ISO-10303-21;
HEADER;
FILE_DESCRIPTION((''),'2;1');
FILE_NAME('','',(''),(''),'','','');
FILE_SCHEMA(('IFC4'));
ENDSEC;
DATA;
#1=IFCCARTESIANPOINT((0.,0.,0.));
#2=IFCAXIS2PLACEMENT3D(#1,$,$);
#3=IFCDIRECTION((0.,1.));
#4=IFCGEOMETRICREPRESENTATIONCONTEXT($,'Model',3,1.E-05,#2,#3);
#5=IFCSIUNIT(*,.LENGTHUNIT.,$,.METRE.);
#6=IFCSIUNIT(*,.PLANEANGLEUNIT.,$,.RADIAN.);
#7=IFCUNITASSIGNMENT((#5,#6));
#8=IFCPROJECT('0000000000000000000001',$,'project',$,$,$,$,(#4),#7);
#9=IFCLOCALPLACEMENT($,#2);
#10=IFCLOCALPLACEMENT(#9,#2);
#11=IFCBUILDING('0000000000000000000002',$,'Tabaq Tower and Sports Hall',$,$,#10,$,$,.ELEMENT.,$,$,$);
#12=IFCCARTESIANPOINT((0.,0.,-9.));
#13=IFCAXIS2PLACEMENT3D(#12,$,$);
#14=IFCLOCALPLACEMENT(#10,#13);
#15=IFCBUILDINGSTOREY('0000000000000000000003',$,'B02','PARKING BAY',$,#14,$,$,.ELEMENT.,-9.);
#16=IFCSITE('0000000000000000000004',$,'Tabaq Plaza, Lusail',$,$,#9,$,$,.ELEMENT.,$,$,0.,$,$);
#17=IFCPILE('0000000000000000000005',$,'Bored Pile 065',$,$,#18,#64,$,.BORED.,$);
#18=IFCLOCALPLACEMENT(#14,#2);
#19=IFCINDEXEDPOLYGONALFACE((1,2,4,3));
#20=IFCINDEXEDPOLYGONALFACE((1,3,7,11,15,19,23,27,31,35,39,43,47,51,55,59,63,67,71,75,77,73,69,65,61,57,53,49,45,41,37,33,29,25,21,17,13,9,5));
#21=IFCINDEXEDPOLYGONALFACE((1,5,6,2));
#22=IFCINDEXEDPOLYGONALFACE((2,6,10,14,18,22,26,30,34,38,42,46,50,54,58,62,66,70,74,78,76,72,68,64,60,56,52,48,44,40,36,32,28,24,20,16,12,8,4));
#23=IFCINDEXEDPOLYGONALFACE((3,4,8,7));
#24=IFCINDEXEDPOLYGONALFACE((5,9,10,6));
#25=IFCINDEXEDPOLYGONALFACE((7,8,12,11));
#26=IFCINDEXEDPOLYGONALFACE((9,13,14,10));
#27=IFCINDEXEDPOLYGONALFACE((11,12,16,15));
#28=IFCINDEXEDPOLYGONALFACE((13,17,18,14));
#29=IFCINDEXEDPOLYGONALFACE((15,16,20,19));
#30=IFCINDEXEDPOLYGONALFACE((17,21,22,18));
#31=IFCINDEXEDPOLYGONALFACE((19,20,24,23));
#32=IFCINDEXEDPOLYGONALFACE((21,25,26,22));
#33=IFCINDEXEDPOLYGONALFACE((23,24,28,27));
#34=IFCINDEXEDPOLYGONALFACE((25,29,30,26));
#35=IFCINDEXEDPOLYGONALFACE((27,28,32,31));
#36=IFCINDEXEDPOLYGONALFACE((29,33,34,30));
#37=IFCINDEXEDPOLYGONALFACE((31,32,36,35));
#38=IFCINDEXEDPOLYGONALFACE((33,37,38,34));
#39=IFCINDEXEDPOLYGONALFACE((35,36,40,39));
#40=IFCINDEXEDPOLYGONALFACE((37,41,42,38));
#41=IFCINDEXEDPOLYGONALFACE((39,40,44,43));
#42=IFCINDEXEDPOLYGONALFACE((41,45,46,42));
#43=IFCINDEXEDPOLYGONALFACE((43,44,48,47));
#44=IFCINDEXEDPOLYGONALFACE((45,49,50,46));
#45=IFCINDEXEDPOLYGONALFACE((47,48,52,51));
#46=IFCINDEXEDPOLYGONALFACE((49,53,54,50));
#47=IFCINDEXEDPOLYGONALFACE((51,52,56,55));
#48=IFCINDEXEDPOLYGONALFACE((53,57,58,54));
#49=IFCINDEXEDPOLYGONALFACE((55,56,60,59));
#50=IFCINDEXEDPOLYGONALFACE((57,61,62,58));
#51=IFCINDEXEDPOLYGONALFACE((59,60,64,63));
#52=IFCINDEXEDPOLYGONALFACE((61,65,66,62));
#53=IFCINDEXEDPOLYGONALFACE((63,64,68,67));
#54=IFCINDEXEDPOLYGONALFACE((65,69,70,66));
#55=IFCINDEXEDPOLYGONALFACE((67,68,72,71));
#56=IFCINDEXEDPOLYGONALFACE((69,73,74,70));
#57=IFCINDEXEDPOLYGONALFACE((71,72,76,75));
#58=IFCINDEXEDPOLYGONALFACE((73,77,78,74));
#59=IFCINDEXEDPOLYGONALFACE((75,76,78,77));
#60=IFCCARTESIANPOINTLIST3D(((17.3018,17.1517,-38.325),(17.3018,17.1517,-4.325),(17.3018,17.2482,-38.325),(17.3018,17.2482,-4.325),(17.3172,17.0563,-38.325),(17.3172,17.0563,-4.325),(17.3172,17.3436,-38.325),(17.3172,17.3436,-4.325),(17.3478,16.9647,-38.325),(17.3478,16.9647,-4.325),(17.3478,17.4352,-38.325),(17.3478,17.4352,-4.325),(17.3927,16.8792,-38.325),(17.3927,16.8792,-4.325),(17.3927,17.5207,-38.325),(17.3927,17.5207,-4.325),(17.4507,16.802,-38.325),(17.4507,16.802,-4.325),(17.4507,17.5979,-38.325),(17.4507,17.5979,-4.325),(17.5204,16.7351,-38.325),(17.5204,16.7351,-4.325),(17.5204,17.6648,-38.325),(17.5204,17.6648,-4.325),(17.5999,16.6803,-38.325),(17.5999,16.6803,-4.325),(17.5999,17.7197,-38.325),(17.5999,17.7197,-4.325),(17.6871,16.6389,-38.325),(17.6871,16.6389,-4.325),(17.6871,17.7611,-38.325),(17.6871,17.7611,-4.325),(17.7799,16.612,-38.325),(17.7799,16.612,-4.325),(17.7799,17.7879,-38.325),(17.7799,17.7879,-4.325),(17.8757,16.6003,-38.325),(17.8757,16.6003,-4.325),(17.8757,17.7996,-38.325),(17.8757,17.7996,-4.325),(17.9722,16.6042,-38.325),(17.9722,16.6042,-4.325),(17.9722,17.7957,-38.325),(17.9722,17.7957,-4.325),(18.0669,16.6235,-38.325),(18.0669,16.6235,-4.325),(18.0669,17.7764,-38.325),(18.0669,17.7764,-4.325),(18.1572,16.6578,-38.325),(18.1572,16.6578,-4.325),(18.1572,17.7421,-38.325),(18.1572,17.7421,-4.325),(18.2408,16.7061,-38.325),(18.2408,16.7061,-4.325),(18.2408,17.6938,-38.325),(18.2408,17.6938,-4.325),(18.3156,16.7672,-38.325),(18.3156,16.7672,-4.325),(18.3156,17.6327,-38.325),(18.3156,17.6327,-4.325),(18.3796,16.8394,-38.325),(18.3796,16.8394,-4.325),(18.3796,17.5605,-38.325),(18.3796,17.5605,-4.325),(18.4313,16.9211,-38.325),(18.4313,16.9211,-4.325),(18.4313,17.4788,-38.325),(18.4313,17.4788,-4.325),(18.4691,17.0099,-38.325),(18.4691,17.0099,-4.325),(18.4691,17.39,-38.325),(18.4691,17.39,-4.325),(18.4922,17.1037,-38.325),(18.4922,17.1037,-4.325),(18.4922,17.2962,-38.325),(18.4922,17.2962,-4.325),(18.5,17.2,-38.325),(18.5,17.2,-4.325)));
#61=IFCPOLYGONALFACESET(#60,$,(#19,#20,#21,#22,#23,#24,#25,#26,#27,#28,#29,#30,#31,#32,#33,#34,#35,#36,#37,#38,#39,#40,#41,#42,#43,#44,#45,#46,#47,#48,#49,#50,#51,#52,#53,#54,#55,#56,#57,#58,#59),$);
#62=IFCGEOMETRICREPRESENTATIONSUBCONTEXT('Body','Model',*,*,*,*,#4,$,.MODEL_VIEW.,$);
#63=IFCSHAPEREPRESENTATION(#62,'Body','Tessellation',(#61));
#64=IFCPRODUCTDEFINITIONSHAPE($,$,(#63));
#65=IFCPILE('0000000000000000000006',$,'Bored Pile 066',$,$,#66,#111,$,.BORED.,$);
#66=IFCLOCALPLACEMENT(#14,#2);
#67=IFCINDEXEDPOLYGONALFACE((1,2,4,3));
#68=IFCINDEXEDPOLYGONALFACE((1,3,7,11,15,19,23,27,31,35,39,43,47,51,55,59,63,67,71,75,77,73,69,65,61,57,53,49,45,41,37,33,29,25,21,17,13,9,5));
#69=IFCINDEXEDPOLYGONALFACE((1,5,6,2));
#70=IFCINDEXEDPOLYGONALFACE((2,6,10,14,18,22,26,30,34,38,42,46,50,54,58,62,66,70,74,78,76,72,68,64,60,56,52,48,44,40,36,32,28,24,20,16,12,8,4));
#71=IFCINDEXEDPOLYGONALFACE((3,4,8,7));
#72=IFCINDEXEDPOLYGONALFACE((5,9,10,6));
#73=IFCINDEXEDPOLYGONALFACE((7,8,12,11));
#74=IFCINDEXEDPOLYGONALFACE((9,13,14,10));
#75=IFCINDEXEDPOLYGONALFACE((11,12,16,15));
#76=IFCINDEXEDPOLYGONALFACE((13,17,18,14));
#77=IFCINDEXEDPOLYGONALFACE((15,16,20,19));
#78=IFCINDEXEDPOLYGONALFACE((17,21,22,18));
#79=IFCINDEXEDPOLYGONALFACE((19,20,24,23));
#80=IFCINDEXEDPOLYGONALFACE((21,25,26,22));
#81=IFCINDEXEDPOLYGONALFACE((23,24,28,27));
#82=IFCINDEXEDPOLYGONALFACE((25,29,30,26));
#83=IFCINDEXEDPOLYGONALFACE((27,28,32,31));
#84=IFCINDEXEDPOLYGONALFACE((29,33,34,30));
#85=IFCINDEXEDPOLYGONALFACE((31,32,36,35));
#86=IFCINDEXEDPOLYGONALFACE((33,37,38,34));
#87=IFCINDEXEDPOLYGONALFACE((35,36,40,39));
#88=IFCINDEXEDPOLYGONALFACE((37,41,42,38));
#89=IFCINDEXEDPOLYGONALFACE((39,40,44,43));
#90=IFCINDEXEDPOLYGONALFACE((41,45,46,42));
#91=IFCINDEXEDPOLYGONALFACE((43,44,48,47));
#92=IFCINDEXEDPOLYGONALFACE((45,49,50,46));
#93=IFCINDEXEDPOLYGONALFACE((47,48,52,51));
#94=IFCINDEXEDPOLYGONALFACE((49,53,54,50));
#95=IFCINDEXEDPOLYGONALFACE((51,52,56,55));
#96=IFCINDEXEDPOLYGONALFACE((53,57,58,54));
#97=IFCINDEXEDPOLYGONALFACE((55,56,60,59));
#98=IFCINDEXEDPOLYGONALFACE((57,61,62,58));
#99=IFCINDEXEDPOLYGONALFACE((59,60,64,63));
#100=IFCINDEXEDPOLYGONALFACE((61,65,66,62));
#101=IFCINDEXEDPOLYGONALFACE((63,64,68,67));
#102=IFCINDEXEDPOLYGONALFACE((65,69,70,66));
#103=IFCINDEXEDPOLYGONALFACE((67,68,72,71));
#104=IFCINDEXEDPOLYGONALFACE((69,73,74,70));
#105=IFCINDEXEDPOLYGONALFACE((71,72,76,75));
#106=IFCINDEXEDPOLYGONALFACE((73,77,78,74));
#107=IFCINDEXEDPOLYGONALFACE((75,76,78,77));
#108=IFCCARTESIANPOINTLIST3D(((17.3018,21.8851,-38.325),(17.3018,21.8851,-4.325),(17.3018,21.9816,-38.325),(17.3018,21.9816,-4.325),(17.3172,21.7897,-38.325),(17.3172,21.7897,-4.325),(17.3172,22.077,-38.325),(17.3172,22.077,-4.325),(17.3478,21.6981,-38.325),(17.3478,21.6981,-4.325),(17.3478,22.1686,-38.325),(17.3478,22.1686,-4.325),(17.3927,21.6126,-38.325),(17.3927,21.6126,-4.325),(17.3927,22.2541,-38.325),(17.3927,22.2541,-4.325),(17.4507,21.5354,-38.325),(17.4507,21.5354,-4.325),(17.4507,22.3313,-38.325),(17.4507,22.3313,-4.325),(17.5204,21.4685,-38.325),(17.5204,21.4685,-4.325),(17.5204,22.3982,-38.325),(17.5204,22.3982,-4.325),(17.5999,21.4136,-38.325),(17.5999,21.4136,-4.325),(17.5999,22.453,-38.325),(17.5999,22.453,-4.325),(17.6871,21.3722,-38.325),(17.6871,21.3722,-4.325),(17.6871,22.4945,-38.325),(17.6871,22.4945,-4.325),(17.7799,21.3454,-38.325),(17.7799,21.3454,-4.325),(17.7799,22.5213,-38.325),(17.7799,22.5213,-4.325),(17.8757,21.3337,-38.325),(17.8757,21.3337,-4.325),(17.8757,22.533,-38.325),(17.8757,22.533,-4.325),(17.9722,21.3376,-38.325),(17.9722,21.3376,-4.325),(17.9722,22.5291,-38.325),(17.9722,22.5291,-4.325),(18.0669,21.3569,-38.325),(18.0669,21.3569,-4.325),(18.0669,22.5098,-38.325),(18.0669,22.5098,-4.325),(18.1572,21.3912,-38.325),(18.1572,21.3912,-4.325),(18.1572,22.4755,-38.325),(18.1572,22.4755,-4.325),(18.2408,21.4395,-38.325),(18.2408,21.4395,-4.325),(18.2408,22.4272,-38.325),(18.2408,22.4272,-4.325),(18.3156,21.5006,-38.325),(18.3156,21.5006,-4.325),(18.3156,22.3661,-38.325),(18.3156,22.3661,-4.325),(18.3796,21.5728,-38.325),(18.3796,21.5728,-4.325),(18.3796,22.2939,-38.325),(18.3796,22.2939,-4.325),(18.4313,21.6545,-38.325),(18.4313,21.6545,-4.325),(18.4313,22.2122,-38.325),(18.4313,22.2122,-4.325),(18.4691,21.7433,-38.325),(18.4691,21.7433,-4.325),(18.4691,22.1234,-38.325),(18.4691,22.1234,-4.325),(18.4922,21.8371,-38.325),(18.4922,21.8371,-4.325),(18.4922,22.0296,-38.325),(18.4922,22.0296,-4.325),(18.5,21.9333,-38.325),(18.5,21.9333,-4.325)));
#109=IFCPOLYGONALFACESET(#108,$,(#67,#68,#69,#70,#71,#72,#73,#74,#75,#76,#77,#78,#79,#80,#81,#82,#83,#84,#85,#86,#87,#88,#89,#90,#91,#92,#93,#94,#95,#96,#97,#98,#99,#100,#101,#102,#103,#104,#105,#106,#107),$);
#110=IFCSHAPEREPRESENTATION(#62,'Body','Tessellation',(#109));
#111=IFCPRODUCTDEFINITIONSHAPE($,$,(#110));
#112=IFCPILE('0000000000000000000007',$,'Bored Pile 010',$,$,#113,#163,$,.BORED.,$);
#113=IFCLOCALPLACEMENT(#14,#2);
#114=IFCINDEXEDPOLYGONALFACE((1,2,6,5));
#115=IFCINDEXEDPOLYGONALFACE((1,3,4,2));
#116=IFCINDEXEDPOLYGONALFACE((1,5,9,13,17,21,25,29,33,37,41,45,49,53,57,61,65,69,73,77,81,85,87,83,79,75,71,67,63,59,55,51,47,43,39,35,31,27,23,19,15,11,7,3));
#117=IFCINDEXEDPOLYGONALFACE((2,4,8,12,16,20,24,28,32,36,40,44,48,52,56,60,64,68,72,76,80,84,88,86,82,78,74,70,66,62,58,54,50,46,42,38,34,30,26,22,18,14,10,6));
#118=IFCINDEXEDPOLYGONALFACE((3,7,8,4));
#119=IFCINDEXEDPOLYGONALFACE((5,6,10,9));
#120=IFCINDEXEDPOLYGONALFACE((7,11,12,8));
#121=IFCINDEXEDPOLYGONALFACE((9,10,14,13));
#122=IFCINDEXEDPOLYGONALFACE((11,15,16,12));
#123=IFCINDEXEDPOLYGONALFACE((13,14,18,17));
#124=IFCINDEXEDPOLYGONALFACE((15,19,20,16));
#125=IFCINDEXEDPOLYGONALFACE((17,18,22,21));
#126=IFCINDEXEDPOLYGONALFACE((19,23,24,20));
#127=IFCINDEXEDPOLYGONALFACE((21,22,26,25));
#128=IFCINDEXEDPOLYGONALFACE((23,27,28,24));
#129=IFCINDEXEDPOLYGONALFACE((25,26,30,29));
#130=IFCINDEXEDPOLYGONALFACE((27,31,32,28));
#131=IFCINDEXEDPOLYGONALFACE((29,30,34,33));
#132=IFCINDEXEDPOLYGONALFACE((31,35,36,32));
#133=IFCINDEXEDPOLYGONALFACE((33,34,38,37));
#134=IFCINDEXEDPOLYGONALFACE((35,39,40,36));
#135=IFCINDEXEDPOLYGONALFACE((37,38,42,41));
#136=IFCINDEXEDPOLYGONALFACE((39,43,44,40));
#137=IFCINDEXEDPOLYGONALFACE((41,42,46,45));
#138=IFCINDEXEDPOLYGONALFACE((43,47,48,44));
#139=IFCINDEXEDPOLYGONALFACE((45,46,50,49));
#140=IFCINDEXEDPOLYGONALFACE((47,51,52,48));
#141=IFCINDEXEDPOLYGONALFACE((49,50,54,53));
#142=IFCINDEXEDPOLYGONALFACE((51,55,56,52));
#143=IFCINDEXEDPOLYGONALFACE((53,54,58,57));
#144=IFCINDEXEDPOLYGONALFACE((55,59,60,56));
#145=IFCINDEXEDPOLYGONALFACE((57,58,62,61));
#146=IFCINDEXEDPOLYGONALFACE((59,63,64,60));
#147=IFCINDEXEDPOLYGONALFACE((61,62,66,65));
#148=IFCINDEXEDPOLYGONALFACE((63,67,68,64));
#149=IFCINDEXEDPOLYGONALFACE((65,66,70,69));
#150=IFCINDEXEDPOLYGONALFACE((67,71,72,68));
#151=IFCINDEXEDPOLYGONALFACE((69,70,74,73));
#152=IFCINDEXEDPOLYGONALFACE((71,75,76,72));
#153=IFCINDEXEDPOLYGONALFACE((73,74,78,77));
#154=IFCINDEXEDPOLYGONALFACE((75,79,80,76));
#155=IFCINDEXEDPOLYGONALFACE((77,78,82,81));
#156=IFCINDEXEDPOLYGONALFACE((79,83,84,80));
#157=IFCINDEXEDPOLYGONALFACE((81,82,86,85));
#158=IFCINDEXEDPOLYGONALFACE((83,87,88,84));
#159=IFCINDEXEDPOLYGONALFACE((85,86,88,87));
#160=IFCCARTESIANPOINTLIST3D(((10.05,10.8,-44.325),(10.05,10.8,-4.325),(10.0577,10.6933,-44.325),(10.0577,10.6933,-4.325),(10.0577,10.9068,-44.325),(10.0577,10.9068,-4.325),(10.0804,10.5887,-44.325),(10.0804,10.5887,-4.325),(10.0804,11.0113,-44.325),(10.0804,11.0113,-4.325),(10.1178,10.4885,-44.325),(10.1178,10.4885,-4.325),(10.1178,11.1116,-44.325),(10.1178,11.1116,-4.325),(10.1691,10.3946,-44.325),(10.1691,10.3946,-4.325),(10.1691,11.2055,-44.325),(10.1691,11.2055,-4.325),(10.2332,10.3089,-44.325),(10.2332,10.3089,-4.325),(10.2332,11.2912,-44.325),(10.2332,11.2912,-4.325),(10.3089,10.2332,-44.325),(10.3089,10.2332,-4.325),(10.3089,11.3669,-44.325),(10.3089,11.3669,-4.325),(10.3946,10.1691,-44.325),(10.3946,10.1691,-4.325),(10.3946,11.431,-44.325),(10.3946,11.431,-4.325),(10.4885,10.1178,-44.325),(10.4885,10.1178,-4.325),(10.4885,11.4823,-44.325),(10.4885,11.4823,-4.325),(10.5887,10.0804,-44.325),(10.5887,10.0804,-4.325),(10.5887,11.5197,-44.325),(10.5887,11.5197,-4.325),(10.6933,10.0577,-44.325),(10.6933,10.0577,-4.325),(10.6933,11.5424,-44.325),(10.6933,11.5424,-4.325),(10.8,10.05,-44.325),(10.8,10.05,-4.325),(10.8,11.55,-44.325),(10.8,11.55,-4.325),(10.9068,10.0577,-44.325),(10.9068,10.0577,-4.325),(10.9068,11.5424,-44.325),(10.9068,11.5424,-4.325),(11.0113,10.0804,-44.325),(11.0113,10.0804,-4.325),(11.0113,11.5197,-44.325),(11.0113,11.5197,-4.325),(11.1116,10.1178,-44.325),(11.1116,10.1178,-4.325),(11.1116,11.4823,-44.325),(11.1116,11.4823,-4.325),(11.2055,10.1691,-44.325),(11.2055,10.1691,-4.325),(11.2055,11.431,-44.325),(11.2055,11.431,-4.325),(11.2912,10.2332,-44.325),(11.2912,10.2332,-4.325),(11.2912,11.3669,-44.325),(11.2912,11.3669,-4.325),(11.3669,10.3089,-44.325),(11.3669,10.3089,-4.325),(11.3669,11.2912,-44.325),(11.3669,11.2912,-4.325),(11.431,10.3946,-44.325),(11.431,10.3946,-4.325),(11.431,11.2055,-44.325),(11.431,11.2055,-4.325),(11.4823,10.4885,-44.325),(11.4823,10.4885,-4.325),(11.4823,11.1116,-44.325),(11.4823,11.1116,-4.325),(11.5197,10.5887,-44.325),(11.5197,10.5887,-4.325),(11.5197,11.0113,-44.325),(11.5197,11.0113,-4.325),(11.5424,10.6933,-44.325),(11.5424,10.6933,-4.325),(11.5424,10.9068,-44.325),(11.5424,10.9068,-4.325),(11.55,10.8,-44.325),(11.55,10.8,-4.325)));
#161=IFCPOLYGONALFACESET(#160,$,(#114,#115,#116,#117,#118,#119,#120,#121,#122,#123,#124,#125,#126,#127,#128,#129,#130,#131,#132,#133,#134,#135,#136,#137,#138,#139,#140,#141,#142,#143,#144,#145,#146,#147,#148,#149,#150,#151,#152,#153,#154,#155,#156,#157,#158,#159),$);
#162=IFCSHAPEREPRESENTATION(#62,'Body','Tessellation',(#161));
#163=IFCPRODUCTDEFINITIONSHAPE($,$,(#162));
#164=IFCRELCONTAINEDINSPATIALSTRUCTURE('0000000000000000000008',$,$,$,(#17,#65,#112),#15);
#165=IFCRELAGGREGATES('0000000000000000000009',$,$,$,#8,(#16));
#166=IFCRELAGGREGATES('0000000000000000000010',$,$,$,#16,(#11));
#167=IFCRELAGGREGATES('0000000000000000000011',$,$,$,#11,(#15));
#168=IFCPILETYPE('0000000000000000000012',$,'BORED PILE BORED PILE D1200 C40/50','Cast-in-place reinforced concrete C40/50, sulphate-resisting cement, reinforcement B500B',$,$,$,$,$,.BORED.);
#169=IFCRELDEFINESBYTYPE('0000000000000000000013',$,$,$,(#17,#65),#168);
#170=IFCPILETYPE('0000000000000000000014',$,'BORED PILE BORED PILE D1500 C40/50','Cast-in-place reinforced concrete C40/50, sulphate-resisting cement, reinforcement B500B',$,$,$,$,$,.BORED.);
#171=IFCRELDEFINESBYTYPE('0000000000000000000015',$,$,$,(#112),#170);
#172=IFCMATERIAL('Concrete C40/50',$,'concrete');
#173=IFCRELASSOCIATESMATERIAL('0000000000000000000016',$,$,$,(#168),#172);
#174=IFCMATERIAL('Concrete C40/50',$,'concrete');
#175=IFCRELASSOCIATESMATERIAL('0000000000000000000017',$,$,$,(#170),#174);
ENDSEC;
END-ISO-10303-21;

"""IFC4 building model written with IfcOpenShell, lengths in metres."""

from ifc_helpers import new_model, si_unit, direction, frame, origin, origin_2d, place, context, subcontext, project, spatial, circle, extrude, material, material_profile, profile_set, type_object, element, save


model = new_model("IFC4")

# Units and contexts
model_context = context("Model", 3, precision=1e-05, world=origin(), true_north=direction((0.0, 1.0)))
body_context = subcontext(model_context, "Body", "Model", "MODEL_VIEW")
ifc_project = project(units=[si_unit("LENGTHUNIT", "METRE"), si_unit("PLANEANGLEUNIT", "RADIAN")], contexts=[model_context])

# Site, building, storey
site_placement = place(None, origin())
site = spatial("IfcSite", under=ifc_project, at=site_placement, Name="Tabaq Plaza, Lusail", CompositionType="ELEMENT", RefElevation=0.0)
building_placement = place(site_placement, origin())
building = spatial("IfcBuilding", under=site, at=building_placement, Name="Tabaq Tower and Sports Hall", CompositionType="ELEMENT")
storey_placement = place(building_placement, frame((0.0, 0.0, -9.0)))
storey = spatial("IfcBuildingStorey", under=building, at=storey_placement, Name="B02", Description="PARKING BAY", CompositionType="ELEMENT", Elevation=-9.0)

# Piles
ifc_material_1 = material(Name="Concrete C40/50", Category="concrete")
ifc_material_profile_1 = material_profile(ifc_material_1, circle(Radius=0.6001, at=origin_2d()), Name="BORED PILE D1200")
ifc_profile_set_1 = profile_set([ifc_material_profile_1], Name="Concrete C40/50")
pile_type_1 = type_object("IfcPileType", Name="BORED PILE BORED PILE D1200 C40/50", Description="Cast-in-place reinforced concrete C40/50, sulphate-resisting cement, reinforcement B500B", PredefinedType="BORED", material=ifc_profile_set_1)
for number, where, z_axis, x_axis, name in (
    (1, (17.8999, 17.2, -4.325), (0.0, 0.0, -1.0), (1.0, 0.0, 0.0), "Bored Pile 065"),
    (2, (17.8999, 21.9333, -4.325), (0.0, 0.0, -1.0), (1.0, 0.0, 0.0), "Bored Pile 066"),
):
    element("IfcPile", number, at=place(storey_placement, frame(where, z_axis=z_axis, x_axis=x_axis)), inside=storey, type_object=pile_type_1, Name=name, PredefinedType="BORED", context=body_context, shape_type="SweptSolid", body=[
        extrude(circle(Radius=0.6001, at=origin_2d()), origin(), (0.0, 0.0, 1.0), 34.0),
    ])
ifc_material_2 = material(Name="Concrete C40/50", Category="concrete")
ifc_material_profile_2 = material_profile(ifc_material_2, circle(Radius=0.75, at=origin_2d()), Name="BORED PILE D1500")
ifc_profile_set_2 = profile_set([ifc_material_profile_2], Name="Concrete C40/50")
pile_type_2 = type_object("IfcPileType", Name="BORED PILE BORED PILE D1500 C40/50", Description="Cast-in-place reinforced concrete C40/50, sulphate-resisting cement, reinforcement B500B", PredefinedType="BORED", material=ifc_profile_set_2)
for number, where, z_axis, x_axis, name in (
    (3, (10.8, 10.8, -4.325), (0.0, 0.0, -1.0), (1.0, 0.0, 0.0), "Bored Pile 010"),
):
    element("IfcPile", number, at=place(storey_placement, frame(where, z_axis=z_axis, x_axis=x_axis)), inside=storey, type_object=pile_type_2, Name=name, PredefinedType="BORED", context=body_context, shape_type="SweptSolid", body=[
        extrude(circle(Radius=0.75, at=origin_2d()), origin(), (0.0, 0.0, 1.0), 40.0),
    ])

save(model, "model.ifc")
